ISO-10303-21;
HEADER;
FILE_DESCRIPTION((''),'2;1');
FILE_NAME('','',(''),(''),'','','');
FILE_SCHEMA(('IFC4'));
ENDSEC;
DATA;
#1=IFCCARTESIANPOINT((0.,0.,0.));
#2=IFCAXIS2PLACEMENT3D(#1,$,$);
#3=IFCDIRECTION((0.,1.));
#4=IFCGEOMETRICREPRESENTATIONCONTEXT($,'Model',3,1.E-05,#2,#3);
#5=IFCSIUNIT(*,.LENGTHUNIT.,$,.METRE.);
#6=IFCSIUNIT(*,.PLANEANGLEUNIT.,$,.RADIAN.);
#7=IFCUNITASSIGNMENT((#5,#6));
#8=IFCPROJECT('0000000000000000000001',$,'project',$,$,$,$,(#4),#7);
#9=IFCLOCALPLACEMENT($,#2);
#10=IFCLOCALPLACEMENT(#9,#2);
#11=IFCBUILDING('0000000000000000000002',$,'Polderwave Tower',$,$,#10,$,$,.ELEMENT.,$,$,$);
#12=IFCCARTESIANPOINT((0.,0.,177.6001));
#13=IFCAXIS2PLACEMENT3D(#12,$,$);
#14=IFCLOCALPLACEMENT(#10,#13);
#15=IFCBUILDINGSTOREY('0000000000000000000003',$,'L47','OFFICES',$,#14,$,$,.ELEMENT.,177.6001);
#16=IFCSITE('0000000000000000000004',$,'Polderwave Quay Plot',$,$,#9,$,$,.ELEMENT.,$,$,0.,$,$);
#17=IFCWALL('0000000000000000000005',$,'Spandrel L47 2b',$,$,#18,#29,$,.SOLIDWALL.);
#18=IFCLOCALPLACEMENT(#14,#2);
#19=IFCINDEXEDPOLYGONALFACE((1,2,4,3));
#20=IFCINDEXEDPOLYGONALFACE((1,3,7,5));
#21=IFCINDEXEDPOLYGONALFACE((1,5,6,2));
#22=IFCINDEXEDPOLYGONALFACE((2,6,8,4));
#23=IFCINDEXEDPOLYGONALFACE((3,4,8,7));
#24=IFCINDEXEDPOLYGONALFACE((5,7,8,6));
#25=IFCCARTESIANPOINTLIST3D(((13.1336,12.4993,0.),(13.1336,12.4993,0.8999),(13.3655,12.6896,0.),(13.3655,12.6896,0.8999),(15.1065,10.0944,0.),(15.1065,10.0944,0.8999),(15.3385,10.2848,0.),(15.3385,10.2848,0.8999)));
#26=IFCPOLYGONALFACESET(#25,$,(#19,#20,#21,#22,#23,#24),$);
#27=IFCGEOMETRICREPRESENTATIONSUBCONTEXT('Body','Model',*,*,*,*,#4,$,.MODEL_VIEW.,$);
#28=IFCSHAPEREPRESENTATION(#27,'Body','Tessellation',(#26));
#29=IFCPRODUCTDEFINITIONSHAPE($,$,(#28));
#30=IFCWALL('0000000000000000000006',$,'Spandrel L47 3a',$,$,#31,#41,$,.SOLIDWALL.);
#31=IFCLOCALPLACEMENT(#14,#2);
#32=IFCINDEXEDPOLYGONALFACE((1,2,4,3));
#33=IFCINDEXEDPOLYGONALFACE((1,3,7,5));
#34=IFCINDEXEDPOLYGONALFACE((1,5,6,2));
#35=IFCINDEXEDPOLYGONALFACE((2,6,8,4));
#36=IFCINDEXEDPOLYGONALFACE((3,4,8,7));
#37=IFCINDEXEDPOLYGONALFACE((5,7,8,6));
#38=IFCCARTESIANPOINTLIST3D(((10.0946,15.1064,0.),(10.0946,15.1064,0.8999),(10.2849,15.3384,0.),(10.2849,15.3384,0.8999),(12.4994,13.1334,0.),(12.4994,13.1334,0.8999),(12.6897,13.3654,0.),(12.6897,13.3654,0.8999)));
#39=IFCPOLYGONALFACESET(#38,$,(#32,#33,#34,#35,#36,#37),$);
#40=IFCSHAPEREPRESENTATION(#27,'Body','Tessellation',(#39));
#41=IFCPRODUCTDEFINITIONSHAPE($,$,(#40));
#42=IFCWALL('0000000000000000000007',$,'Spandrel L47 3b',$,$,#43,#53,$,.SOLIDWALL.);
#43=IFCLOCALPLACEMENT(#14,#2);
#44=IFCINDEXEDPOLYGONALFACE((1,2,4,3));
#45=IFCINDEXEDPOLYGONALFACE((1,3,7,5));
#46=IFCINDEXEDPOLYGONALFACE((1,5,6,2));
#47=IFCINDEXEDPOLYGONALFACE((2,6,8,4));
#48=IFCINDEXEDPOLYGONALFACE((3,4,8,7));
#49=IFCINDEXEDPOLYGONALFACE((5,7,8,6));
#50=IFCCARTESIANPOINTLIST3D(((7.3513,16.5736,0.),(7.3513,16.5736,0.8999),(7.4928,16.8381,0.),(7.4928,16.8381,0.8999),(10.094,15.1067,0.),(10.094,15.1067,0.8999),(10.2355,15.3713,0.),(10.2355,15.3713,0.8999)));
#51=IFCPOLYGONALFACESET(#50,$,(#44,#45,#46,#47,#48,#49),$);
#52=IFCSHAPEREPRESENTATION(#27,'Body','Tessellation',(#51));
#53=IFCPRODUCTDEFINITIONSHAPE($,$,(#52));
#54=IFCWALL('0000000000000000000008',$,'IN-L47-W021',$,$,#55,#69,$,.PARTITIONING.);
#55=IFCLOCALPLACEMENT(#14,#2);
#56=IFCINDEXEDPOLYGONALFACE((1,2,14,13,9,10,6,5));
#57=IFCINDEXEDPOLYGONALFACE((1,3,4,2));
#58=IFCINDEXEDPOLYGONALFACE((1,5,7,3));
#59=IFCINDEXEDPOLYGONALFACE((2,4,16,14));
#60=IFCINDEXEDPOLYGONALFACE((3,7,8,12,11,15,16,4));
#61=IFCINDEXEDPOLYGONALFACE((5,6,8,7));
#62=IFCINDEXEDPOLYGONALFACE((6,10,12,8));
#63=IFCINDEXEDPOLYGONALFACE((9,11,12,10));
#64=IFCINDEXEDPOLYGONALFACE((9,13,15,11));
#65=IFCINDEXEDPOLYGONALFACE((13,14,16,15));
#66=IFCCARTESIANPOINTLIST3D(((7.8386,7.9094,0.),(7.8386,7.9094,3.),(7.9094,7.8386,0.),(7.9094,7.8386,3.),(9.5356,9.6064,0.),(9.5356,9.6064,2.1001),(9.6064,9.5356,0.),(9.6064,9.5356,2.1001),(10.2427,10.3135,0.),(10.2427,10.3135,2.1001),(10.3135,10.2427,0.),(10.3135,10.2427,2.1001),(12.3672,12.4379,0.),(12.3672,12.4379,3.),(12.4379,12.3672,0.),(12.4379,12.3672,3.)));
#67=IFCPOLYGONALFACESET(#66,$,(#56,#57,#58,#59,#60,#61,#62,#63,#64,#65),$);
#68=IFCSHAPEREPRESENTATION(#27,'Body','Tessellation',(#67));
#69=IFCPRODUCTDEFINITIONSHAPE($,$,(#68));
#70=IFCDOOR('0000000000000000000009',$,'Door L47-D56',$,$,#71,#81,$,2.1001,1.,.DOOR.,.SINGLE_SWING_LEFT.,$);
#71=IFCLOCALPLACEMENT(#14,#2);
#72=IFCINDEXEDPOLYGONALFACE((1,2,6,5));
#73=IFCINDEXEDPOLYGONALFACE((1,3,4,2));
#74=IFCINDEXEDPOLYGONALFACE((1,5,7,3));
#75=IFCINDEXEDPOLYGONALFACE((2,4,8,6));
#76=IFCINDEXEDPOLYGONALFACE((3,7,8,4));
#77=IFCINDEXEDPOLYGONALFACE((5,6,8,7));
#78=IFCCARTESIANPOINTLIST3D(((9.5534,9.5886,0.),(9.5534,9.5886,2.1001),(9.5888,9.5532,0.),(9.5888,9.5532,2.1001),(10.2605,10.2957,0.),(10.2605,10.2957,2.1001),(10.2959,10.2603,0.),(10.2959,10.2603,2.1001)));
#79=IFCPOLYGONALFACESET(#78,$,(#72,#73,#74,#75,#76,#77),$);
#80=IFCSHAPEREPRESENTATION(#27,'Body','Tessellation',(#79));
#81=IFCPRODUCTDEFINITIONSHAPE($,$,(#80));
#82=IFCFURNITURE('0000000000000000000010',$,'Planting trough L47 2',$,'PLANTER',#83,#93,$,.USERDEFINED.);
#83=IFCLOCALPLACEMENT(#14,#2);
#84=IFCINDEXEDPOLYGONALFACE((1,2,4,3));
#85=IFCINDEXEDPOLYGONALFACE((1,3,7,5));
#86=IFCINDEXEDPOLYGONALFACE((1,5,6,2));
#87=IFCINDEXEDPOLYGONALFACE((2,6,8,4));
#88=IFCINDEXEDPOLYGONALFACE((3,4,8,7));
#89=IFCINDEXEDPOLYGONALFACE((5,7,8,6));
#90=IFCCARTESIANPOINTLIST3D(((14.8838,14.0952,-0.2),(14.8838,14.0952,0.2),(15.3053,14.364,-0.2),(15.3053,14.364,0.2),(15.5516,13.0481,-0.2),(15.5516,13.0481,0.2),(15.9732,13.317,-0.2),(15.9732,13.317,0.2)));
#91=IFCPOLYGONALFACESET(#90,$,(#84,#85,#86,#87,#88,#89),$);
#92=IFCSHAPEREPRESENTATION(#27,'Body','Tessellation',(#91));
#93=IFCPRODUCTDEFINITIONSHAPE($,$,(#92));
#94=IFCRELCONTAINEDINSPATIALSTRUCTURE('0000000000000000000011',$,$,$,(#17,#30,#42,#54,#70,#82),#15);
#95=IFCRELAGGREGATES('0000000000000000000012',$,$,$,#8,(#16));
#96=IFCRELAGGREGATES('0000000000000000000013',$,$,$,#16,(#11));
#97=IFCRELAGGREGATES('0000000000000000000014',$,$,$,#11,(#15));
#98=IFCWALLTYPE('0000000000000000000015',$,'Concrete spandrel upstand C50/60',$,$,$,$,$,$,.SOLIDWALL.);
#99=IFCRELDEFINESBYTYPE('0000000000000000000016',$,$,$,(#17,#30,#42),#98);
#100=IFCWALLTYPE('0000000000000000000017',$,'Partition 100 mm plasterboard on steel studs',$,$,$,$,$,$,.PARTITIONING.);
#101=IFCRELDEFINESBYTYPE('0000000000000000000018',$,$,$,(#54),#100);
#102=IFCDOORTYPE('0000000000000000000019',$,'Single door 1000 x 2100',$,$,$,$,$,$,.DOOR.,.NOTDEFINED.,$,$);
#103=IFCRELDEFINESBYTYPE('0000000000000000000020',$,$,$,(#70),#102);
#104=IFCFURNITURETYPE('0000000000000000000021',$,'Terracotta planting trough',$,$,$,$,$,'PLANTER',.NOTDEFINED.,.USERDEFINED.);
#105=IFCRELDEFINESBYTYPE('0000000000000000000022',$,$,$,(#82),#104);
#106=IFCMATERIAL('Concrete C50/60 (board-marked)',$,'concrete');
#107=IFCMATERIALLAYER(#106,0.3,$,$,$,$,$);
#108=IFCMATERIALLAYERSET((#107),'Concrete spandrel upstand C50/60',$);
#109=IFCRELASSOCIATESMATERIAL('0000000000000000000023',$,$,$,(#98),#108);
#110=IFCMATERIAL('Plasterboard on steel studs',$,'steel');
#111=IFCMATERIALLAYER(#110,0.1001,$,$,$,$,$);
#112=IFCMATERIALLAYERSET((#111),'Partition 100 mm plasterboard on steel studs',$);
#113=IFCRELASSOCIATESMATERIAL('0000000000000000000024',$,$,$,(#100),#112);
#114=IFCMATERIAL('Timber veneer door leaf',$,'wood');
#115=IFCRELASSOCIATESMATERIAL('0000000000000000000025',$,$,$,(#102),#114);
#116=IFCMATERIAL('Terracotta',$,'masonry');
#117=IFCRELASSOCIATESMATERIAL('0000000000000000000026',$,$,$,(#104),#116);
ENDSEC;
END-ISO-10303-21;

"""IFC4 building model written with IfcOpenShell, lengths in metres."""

from ifc_helpers import new_model, si_unit, direction, frame, frame_2d, origin, origin_2d, place, context, subcontext, project, spatial, rectangle, extrude, material, layer, layer_set, type_object, element, fill, save


model = new_model("IFC4")

# Units and contexts
model_context = context("Model", 3, precision=1e-05, world=origin(), true_north=direction((0.0, 1.0)))
body_context = subcontext(model_context, "Body", "Model", "MODEL_VIEW")
ifc_project = project(units=[si_unit("LENGTHUNIT", "METRE"), si_unit("PLANEANGLEUNIT", "RADIAN")], contexts=[model_context])

# Site, building, storey
site_placement = place(None, origin())
site = spatial("IfcSite", under=ifc_project, at=site_placement, Name="Polderwave Quay Plot", CompositionType="ELEMENT", RefElevation=0.0)
building_placement = place(site_placement, origin())
building = spatial("IfcBuilding", under=site, at=building_placement, Name="Polderwave Tower", CompositionType="ELEMENT")
storey_placement = place(building_placement, frame((0.0, 0.0, 177.6001)))
storey = spatial("IfcBuildingStorey", under=building, at=storey_placement, Name="L47", Description="OFFICES", CompositionType="ELEMENT", Elevation=177.6001)

# Walls
ifc_material_1 = material(Name="Concrete C50/60 (board-marked)", Category="concrete")
ifc_layer_1 = layer(ifc_material_1, 0.3)
ifc_layer_set_1 = layer_set([ifc_layer_1], Name="Concrete spandrel upstand C50/60")
wall_type_1 = type_object("IfcWallType", Name="Concrete spandrel upstand C50/60", PredefinedType="SOLIDWALL", material=ifc_layer_set_1)
for number, where, z_axis, x_axis, name in (
    (1, (15.2224, 10.1897, 0.0), (0.0, 0.0, 1.0), (-0.634267, 0.773114, 0.0), "Spandrel L47 2b"),
    (2, (12.5945, 13.2495, 0.0), (0.0, 0.0, 1.0), (-0.773114, 0.634267, 0.0), "Spandrel L47 3a"),
):
    element("IfcWall", number, at=place(storey_placement, frame(where, z_axis=z_axis, x_axis=x_axis)), inside=storey, type_object=wall_type_1, Name=name, PredefinedType="SOLIDWALL", context=body_context, shape_type="SweptSolid", body=[
        extrude(rectangle(XDim=3.1106, YDim=0.3, at=frame_2d((1.5552, 0.0))), origin(), (0.0, 0.0, 1.0), 0.8999),
    ])
wall_1_placement = place(storey_placement, frame((10.1648, 15.239, 0.0), z_axis=(0.0, 0.0, 1.0), x_axis=(-0.881813, 0.471598, 0.0)))
element("IfcWall", 3, at=wall_1_placement, inside=storey, type_object=wall_type_1, Name="Spandrel L47 3b", PredefinedType="SOLIDWALL", context=body_context, shape_type="SweptSolid", body=[
    extrude(rectangle(XDim=3.1104, YDim=0.3, at=frame_2d((1.5552, 0.0))), origin(), (0.0, 0.0, 1.0), 0.8999),
])

# Wall, opening, door
ifc_material_2 = material(Name="Plasterboard on steel studs", Category="steel")
ifc_layer_2 = layer(ifc_material_2, 0.1001)
ifc_layer_set_2 = layer_set([ifc_layer_2], Name="Partition 100 mm plasterboard on steel studs")
wall_type_2 = type_object("IfcWallType", Name="Partition 100 mm plasterboard on steel studs", PredefinedType="PARTITIONING", material=ifc_layer_set_2)
wall_2_placement = place(storey_placement, frame((7.874, 7.874, 0.0), z_axis=(0.0, 0.0, 1.0), x_axis=(0.707107, 0.707107, 0.0)))
wall_2 = element("IfcWall", 4, at=wall_2_placement, inside=storey, type_object=wall_type_2, Name="IN-L47-W021", PredefinedType="PARTITIONING", context=body_context, shape_type="SweptSolid", body=[
    extrude(rectangle(XDim=6.4043, YDim=0.1001, at=frame_2d((3.2021, 0.0))), origin(), (0.0, 0.0, 1.0), 3.0),
])
opening_placement = place(wall_2_placement, frame((2.3999, 0.0, 0.0)))
opening = element("IfcOpeningElement", 5, at=opening_placement, cuts=wall_2, PredefinedType="OPENING", context=body_context, shape_type="SweptSolid", body=[
    extrude(rectangle(XDim=1.0, YDim=2.1001, at=frame_2d((0.5, 1.05))), frame((0.0, 0.0601, 0.0), z_axis=(0.0, -1.0, 0.0), x_axis=(1.0, 0.0, 0.0)), (0.0, 0.0, 1.0), 0.1201),
])
ifc_material_3 = material(Name="Timber veneer door leaf", Category="wood")
door_type = type_object("IfcDoorType", Name="Single door 1000 x 2100", OperationType="NOTDEFINED", PredefinedType="DOOR", material=ifc_material_3)
door_placement = place(opening_placement, origin())
door = element("IfcDoor", 6, at=door_placement, inside=storey, type_object=door_type, Name="Door L47-D56", OperationType="SINGLE_SWING_LEFT", OverallHeight=2.1001, OverallWidth=1.0, PredefinedType="DOOR", context=body_context, shape_type="SweptSolid", body=[
    extrude(rectangle(XDim=1.0, YDim=2.1001, at=frame_2d((0.5, 1.05))), frame((0.0, 0.0249, 0.0), z_axis=(0.0, -1.0, 0.0), x_axis=(1.0, 0.0, 0.0)), (0.0, 0.0, 1.0), 0.05),
])
fill(opening, door)

# Furniture
ifc_material_4 = material(Name="Terracotta", Category="masonry")
furniture_type = type_object("IfcFurnitureType", Name="Terracotta planting trough", ElementType="PLANTER", AssemblyPlace="NOTDEFINED", PredefinedType="USERDEFINED", material=ifc_material_4)
furniture_placement = place(storey_placement, frame((15.4285, 13.7061, -0.2), z_axis=(0.0, 0.0, 1.0), x_axis=(-0.537766, 0.843094, 0.0)))
element("IfcFurniture", 7, at=furniture_placement, inside=storey, type_object=furniture_type, Name="Planting trough L47 2", ObjectType="PLANTER", PredefinedType="USERDEFINED", context=body_context, shape_type="SweptSolid", body=[
    extrude(rectangle(XDim=1.2419, YDim=0.5, at=origin_2d()), origin(), (0.0, 0.0, 1.0), 0.3999),
])

save(model, "model.ifc")
